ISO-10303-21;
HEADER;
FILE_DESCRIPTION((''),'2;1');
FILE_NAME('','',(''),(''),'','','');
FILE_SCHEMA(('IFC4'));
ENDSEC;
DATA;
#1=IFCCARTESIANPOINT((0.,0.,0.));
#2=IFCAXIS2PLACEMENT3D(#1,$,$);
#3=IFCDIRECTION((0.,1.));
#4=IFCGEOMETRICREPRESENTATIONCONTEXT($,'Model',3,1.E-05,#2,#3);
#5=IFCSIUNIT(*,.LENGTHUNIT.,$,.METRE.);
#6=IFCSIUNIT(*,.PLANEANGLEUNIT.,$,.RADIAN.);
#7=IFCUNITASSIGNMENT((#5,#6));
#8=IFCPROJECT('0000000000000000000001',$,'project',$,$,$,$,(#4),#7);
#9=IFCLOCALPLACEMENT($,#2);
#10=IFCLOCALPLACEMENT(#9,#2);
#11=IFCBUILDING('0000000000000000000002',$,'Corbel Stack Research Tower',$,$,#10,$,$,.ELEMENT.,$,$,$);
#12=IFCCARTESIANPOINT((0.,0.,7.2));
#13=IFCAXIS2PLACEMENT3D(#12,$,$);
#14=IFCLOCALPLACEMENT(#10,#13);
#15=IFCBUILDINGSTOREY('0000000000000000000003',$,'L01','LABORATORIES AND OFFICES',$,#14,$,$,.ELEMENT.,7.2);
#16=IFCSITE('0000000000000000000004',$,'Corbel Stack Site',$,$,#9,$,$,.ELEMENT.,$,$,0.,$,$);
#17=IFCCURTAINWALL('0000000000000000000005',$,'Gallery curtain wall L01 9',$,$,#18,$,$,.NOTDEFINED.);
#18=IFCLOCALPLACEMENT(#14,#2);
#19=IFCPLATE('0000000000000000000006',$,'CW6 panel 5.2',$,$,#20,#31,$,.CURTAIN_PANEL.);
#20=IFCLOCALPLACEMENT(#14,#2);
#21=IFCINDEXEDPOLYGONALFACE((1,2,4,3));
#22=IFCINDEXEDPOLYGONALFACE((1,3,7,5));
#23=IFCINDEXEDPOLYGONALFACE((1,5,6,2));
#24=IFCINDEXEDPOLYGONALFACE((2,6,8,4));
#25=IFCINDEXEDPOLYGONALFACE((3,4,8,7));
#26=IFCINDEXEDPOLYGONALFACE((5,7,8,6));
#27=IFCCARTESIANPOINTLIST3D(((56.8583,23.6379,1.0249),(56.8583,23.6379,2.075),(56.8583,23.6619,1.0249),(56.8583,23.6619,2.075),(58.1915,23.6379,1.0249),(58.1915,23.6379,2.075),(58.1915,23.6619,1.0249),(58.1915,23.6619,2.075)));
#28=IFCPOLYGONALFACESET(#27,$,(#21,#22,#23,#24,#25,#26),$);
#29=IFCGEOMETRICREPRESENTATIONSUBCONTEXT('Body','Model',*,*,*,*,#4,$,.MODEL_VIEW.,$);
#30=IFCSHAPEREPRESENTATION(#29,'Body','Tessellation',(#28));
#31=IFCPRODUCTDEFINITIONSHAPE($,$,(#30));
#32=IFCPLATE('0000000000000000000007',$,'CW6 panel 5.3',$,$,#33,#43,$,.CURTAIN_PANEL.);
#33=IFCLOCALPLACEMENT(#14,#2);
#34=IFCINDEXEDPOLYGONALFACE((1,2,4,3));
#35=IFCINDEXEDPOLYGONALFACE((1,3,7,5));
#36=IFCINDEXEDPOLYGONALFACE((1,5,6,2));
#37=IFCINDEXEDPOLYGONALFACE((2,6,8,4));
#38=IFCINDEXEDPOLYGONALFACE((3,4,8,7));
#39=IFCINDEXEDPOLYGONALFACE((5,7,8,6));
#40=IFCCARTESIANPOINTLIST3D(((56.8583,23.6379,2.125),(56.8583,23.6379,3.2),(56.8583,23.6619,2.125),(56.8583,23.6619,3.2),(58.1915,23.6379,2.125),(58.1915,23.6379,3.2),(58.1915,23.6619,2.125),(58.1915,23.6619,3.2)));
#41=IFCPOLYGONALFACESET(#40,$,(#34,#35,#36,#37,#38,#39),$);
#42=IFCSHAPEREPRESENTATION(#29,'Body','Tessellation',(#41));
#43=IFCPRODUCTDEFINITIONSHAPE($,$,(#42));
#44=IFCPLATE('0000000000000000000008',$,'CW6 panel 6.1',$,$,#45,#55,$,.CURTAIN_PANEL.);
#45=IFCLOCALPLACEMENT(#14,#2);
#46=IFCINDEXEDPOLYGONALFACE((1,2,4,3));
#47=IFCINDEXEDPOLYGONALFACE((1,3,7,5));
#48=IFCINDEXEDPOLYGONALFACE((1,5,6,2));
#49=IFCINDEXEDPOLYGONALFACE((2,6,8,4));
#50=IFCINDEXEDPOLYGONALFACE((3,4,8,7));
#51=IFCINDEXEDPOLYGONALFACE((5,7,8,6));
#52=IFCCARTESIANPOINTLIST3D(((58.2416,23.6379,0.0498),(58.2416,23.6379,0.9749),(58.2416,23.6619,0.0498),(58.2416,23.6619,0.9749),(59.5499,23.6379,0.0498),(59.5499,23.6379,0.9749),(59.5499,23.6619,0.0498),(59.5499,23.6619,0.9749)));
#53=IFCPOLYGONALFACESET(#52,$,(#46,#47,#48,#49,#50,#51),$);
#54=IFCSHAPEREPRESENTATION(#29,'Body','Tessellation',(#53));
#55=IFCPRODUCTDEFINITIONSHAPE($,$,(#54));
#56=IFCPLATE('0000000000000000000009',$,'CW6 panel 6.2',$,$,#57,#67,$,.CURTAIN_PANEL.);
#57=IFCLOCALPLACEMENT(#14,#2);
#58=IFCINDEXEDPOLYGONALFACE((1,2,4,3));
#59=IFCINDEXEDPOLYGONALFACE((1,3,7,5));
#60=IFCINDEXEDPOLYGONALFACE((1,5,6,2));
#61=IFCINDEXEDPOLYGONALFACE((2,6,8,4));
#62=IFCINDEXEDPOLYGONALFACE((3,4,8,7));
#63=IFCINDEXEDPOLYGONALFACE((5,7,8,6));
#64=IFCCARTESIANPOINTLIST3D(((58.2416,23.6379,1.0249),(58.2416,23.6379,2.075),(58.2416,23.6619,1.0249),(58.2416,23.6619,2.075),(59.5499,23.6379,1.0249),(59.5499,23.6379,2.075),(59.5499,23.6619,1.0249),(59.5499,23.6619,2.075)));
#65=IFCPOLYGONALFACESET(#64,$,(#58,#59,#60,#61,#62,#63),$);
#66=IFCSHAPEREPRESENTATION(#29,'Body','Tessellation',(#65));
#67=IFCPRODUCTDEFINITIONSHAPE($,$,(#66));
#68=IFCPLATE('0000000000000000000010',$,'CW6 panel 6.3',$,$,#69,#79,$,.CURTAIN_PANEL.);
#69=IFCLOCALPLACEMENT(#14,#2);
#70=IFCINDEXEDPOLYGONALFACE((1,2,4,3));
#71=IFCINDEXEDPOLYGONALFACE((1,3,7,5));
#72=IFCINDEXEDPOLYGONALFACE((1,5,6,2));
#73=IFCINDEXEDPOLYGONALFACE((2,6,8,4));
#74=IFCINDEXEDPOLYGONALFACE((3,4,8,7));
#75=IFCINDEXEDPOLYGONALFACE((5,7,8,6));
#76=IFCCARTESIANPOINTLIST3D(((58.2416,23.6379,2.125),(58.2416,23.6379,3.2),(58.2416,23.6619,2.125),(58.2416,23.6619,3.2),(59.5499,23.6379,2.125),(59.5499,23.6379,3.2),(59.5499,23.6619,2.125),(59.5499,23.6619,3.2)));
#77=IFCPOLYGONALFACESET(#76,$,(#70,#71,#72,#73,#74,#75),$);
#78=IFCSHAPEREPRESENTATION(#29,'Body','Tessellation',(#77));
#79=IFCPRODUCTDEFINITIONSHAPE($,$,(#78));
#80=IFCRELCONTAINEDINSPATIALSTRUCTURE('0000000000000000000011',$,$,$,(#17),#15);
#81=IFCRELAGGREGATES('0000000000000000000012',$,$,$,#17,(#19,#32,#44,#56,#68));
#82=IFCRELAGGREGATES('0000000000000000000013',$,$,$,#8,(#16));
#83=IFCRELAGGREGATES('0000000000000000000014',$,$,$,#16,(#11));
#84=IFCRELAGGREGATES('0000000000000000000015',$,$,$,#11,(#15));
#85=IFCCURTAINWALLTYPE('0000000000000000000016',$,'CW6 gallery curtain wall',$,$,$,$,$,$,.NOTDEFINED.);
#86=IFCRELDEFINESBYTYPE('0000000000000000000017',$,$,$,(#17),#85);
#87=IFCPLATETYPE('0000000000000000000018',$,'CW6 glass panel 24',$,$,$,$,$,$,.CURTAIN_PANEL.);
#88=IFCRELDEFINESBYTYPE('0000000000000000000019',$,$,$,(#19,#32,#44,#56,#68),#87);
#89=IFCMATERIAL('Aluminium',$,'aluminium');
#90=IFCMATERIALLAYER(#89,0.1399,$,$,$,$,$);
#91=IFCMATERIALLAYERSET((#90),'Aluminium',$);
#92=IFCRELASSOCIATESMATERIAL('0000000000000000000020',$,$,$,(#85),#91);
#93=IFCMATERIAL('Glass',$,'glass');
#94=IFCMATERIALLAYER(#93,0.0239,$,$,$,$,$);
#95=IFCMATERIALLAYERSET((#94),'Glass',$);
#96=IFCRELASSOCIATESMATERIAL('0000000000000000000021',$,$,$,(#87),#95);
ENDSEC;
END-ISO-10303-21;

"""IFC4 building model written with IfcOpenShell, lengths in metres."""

from ifc_helpers import new_model, si_unit, direction, frame, origin, origin_2d, place, context, subcontext, project, spatial, rectangle, extrude, material, layer, layer_set, type_object, element, aggregate, save


model = new_model("IFC4")

# Units and contexts
model_context = context("Model", 3, precision=1e-05, world=origin(), true_north=direction((0.0, 1.0)))
body_context = subcontext(model_context, "Body", "Model", "MODEL_VIEW")
ifc_project = project(units=[si_unit("LENGTHUNIT", "METRE"), si_unit("PLANEANGLEUNIT", "RADIAN")], contexts=[model_context])

# Site, building, storey
site_placement = place(None, origin())
site = spatial("IfcSite", under=ifc_project, at=site_placement, Name="Corbel Stack Site", CompositionType="ELEMENT", RefElevation=0.0)
building_placement = place(site_placement, origin())
building = spatial("IfcBuilding", under=site, at=building_placement, Name="Corbel Stack Research Tower", CompositionType="ELEMENT")
storey_placement = place(building_placement, frame((0.0, 0.0, 7.2)))
storey = spatial("IfcBuildingStorey", under=building, at=storey_placement, Name="L01", Description="LABORATORIES AND OFFICES", CompositionType="ELEMENT", Elevation=7.2)

# Curtain wall, plates
ifc_material_1 = material(Name="Aluminium", Category="aluminium")
ifc_layer_1 = layer(ifc_material_1, 0.1399)
ifc_layer_set_1 = layer_set([ifc_layer_1], Name="Aluminium")
curtain_wall_type = type_object("IfcCurtainWallType", Name="CW6 gallery curtain wall", PredefinedType="NOTDEFINED", material=ifc_layer_set_1)
curtain_wall_placement = place(storey_placement, origin())
curtain_wall = element("IfcCurtainWall", 1, at=curtain_wall_placement, inside=storey, type_object=curtain_wall_type, Name="Gallery curtain wall L01 9", PredefinedType="NOTDEFINED")
ifc_material_2 = material(Name="Glass", Category="glass")
ifc_layer_2 = layer(ifc_material_2, 0.0239)
ifc_layer_set_2 = layer_set([ifc_layer_2], Name="Glass")
plate_type = type_object("IfcPlateType", Name="CW6 glass panel 24", PredefinedType="CURTAIN_PANEL", material=ifc_layer_set_2)
plate_1_placement = place(storey_placement, frame((57.5249, 23.6499, 1.0249), z_axis=(0.0, 0.0, 1.0), x_axis=(1.0, 0.0, 0.0)))
plate_1 = element("IfcPlate", 2, at=plate_1_placement, type_object=plate_type, Name="CW6 panel 5.2", PredefinedType="CURTAIN_PANEL", context=body_context, shape_type="SweptSolid", body=[
    extrude(rectangle(XDim=1.3333, YDim=0.0239, at=origin_2d()), origin(), (0.0, 0.0, 1.0), 1.05),
])
plate_2_placement = place(storey_placement, frame((57.5249, 23.6499, 2.125), z_axis=(0.0, 0.0, 1.0), x_axis=(1.0, 0.0, 0.0)))
plate_2 = element("IfcPlate", 3, at=plate_2_placement, type_object=plate_type, Name="CW6 panel 5.3", PredefinedType="CURTAIN_PANEL", context=body_context, shape_type="SweptSolid", body=[
    extrude(rectangle(XDim=1.3333, YDim=0.0239, at=origin_2d()), origin(), (0.0, 0.0, 1.0), 1.075),
])
plate_3_placement = place(storey_placement, frame((58.8958, 23.6499, 0.0498), z_axis=(0.0, 0.0, 1.0), x_axis=(1.0, 0.0, 0.0)))
plate_3 = element("IfcPlate", 4, at=plate_3_placement, type_object=plate_type, Name="CW6 panel 6.1", PredefinedType="CURTAIN_PANEL", context=body_context, shape_type="SweptSolid", body=[
    extrude(rectangle(XDim=1.3083, YDim=0.0239, at=origin_2d()), origin(), (0.0, 0.0, 1.0), 0.925),
])
plate_4_placement = place(storey_placement, frame((58.8958, 23.6499, 1.0249), z_axis=(0.0, 0.0, 1.0), x_axis=(1.0, 0.0, 0.0)))
plate_4 = element("IfcPlate", 5, at=plate_4_placement, type_object=plate_type, Name="CW6 panel 6.2", PredefinedType="CURTAIN_PANEL", context=body_context, shape_type="SweptSolid", body=[
    extrude(rectangle(XDim=1.3083, YDim=0.0239, at=origin_2d()), origin(), (0.0, 0.0, 1.0), 1.05),
])
plate_5_placement = place(storey_placement, frame((58.8958, 23.6499, 2.125), z_axis=(0.0, 0.0, 1.0), x_axis=(1.0, 0.0, 0.0)))
plate_5 = element("IfcPlate", 6, at=plate_5_placement, type_object=plate_type, Name="CW6 panel 6.3", PredefinedType="CURTAIN_PANEL", context=body_context, shape_type="SweptSolid", body=[
    extrude(rectangle(XDim=1.3083, YDim=0.0239, at=origin_2d()), origin(), (0.0, 0.0, 1.0), 1.075),
])
aggregate(curtain_wall, [plate_1, plate_2, plate_3, plate_4, plate_5])

save(model, "model.ifc")
